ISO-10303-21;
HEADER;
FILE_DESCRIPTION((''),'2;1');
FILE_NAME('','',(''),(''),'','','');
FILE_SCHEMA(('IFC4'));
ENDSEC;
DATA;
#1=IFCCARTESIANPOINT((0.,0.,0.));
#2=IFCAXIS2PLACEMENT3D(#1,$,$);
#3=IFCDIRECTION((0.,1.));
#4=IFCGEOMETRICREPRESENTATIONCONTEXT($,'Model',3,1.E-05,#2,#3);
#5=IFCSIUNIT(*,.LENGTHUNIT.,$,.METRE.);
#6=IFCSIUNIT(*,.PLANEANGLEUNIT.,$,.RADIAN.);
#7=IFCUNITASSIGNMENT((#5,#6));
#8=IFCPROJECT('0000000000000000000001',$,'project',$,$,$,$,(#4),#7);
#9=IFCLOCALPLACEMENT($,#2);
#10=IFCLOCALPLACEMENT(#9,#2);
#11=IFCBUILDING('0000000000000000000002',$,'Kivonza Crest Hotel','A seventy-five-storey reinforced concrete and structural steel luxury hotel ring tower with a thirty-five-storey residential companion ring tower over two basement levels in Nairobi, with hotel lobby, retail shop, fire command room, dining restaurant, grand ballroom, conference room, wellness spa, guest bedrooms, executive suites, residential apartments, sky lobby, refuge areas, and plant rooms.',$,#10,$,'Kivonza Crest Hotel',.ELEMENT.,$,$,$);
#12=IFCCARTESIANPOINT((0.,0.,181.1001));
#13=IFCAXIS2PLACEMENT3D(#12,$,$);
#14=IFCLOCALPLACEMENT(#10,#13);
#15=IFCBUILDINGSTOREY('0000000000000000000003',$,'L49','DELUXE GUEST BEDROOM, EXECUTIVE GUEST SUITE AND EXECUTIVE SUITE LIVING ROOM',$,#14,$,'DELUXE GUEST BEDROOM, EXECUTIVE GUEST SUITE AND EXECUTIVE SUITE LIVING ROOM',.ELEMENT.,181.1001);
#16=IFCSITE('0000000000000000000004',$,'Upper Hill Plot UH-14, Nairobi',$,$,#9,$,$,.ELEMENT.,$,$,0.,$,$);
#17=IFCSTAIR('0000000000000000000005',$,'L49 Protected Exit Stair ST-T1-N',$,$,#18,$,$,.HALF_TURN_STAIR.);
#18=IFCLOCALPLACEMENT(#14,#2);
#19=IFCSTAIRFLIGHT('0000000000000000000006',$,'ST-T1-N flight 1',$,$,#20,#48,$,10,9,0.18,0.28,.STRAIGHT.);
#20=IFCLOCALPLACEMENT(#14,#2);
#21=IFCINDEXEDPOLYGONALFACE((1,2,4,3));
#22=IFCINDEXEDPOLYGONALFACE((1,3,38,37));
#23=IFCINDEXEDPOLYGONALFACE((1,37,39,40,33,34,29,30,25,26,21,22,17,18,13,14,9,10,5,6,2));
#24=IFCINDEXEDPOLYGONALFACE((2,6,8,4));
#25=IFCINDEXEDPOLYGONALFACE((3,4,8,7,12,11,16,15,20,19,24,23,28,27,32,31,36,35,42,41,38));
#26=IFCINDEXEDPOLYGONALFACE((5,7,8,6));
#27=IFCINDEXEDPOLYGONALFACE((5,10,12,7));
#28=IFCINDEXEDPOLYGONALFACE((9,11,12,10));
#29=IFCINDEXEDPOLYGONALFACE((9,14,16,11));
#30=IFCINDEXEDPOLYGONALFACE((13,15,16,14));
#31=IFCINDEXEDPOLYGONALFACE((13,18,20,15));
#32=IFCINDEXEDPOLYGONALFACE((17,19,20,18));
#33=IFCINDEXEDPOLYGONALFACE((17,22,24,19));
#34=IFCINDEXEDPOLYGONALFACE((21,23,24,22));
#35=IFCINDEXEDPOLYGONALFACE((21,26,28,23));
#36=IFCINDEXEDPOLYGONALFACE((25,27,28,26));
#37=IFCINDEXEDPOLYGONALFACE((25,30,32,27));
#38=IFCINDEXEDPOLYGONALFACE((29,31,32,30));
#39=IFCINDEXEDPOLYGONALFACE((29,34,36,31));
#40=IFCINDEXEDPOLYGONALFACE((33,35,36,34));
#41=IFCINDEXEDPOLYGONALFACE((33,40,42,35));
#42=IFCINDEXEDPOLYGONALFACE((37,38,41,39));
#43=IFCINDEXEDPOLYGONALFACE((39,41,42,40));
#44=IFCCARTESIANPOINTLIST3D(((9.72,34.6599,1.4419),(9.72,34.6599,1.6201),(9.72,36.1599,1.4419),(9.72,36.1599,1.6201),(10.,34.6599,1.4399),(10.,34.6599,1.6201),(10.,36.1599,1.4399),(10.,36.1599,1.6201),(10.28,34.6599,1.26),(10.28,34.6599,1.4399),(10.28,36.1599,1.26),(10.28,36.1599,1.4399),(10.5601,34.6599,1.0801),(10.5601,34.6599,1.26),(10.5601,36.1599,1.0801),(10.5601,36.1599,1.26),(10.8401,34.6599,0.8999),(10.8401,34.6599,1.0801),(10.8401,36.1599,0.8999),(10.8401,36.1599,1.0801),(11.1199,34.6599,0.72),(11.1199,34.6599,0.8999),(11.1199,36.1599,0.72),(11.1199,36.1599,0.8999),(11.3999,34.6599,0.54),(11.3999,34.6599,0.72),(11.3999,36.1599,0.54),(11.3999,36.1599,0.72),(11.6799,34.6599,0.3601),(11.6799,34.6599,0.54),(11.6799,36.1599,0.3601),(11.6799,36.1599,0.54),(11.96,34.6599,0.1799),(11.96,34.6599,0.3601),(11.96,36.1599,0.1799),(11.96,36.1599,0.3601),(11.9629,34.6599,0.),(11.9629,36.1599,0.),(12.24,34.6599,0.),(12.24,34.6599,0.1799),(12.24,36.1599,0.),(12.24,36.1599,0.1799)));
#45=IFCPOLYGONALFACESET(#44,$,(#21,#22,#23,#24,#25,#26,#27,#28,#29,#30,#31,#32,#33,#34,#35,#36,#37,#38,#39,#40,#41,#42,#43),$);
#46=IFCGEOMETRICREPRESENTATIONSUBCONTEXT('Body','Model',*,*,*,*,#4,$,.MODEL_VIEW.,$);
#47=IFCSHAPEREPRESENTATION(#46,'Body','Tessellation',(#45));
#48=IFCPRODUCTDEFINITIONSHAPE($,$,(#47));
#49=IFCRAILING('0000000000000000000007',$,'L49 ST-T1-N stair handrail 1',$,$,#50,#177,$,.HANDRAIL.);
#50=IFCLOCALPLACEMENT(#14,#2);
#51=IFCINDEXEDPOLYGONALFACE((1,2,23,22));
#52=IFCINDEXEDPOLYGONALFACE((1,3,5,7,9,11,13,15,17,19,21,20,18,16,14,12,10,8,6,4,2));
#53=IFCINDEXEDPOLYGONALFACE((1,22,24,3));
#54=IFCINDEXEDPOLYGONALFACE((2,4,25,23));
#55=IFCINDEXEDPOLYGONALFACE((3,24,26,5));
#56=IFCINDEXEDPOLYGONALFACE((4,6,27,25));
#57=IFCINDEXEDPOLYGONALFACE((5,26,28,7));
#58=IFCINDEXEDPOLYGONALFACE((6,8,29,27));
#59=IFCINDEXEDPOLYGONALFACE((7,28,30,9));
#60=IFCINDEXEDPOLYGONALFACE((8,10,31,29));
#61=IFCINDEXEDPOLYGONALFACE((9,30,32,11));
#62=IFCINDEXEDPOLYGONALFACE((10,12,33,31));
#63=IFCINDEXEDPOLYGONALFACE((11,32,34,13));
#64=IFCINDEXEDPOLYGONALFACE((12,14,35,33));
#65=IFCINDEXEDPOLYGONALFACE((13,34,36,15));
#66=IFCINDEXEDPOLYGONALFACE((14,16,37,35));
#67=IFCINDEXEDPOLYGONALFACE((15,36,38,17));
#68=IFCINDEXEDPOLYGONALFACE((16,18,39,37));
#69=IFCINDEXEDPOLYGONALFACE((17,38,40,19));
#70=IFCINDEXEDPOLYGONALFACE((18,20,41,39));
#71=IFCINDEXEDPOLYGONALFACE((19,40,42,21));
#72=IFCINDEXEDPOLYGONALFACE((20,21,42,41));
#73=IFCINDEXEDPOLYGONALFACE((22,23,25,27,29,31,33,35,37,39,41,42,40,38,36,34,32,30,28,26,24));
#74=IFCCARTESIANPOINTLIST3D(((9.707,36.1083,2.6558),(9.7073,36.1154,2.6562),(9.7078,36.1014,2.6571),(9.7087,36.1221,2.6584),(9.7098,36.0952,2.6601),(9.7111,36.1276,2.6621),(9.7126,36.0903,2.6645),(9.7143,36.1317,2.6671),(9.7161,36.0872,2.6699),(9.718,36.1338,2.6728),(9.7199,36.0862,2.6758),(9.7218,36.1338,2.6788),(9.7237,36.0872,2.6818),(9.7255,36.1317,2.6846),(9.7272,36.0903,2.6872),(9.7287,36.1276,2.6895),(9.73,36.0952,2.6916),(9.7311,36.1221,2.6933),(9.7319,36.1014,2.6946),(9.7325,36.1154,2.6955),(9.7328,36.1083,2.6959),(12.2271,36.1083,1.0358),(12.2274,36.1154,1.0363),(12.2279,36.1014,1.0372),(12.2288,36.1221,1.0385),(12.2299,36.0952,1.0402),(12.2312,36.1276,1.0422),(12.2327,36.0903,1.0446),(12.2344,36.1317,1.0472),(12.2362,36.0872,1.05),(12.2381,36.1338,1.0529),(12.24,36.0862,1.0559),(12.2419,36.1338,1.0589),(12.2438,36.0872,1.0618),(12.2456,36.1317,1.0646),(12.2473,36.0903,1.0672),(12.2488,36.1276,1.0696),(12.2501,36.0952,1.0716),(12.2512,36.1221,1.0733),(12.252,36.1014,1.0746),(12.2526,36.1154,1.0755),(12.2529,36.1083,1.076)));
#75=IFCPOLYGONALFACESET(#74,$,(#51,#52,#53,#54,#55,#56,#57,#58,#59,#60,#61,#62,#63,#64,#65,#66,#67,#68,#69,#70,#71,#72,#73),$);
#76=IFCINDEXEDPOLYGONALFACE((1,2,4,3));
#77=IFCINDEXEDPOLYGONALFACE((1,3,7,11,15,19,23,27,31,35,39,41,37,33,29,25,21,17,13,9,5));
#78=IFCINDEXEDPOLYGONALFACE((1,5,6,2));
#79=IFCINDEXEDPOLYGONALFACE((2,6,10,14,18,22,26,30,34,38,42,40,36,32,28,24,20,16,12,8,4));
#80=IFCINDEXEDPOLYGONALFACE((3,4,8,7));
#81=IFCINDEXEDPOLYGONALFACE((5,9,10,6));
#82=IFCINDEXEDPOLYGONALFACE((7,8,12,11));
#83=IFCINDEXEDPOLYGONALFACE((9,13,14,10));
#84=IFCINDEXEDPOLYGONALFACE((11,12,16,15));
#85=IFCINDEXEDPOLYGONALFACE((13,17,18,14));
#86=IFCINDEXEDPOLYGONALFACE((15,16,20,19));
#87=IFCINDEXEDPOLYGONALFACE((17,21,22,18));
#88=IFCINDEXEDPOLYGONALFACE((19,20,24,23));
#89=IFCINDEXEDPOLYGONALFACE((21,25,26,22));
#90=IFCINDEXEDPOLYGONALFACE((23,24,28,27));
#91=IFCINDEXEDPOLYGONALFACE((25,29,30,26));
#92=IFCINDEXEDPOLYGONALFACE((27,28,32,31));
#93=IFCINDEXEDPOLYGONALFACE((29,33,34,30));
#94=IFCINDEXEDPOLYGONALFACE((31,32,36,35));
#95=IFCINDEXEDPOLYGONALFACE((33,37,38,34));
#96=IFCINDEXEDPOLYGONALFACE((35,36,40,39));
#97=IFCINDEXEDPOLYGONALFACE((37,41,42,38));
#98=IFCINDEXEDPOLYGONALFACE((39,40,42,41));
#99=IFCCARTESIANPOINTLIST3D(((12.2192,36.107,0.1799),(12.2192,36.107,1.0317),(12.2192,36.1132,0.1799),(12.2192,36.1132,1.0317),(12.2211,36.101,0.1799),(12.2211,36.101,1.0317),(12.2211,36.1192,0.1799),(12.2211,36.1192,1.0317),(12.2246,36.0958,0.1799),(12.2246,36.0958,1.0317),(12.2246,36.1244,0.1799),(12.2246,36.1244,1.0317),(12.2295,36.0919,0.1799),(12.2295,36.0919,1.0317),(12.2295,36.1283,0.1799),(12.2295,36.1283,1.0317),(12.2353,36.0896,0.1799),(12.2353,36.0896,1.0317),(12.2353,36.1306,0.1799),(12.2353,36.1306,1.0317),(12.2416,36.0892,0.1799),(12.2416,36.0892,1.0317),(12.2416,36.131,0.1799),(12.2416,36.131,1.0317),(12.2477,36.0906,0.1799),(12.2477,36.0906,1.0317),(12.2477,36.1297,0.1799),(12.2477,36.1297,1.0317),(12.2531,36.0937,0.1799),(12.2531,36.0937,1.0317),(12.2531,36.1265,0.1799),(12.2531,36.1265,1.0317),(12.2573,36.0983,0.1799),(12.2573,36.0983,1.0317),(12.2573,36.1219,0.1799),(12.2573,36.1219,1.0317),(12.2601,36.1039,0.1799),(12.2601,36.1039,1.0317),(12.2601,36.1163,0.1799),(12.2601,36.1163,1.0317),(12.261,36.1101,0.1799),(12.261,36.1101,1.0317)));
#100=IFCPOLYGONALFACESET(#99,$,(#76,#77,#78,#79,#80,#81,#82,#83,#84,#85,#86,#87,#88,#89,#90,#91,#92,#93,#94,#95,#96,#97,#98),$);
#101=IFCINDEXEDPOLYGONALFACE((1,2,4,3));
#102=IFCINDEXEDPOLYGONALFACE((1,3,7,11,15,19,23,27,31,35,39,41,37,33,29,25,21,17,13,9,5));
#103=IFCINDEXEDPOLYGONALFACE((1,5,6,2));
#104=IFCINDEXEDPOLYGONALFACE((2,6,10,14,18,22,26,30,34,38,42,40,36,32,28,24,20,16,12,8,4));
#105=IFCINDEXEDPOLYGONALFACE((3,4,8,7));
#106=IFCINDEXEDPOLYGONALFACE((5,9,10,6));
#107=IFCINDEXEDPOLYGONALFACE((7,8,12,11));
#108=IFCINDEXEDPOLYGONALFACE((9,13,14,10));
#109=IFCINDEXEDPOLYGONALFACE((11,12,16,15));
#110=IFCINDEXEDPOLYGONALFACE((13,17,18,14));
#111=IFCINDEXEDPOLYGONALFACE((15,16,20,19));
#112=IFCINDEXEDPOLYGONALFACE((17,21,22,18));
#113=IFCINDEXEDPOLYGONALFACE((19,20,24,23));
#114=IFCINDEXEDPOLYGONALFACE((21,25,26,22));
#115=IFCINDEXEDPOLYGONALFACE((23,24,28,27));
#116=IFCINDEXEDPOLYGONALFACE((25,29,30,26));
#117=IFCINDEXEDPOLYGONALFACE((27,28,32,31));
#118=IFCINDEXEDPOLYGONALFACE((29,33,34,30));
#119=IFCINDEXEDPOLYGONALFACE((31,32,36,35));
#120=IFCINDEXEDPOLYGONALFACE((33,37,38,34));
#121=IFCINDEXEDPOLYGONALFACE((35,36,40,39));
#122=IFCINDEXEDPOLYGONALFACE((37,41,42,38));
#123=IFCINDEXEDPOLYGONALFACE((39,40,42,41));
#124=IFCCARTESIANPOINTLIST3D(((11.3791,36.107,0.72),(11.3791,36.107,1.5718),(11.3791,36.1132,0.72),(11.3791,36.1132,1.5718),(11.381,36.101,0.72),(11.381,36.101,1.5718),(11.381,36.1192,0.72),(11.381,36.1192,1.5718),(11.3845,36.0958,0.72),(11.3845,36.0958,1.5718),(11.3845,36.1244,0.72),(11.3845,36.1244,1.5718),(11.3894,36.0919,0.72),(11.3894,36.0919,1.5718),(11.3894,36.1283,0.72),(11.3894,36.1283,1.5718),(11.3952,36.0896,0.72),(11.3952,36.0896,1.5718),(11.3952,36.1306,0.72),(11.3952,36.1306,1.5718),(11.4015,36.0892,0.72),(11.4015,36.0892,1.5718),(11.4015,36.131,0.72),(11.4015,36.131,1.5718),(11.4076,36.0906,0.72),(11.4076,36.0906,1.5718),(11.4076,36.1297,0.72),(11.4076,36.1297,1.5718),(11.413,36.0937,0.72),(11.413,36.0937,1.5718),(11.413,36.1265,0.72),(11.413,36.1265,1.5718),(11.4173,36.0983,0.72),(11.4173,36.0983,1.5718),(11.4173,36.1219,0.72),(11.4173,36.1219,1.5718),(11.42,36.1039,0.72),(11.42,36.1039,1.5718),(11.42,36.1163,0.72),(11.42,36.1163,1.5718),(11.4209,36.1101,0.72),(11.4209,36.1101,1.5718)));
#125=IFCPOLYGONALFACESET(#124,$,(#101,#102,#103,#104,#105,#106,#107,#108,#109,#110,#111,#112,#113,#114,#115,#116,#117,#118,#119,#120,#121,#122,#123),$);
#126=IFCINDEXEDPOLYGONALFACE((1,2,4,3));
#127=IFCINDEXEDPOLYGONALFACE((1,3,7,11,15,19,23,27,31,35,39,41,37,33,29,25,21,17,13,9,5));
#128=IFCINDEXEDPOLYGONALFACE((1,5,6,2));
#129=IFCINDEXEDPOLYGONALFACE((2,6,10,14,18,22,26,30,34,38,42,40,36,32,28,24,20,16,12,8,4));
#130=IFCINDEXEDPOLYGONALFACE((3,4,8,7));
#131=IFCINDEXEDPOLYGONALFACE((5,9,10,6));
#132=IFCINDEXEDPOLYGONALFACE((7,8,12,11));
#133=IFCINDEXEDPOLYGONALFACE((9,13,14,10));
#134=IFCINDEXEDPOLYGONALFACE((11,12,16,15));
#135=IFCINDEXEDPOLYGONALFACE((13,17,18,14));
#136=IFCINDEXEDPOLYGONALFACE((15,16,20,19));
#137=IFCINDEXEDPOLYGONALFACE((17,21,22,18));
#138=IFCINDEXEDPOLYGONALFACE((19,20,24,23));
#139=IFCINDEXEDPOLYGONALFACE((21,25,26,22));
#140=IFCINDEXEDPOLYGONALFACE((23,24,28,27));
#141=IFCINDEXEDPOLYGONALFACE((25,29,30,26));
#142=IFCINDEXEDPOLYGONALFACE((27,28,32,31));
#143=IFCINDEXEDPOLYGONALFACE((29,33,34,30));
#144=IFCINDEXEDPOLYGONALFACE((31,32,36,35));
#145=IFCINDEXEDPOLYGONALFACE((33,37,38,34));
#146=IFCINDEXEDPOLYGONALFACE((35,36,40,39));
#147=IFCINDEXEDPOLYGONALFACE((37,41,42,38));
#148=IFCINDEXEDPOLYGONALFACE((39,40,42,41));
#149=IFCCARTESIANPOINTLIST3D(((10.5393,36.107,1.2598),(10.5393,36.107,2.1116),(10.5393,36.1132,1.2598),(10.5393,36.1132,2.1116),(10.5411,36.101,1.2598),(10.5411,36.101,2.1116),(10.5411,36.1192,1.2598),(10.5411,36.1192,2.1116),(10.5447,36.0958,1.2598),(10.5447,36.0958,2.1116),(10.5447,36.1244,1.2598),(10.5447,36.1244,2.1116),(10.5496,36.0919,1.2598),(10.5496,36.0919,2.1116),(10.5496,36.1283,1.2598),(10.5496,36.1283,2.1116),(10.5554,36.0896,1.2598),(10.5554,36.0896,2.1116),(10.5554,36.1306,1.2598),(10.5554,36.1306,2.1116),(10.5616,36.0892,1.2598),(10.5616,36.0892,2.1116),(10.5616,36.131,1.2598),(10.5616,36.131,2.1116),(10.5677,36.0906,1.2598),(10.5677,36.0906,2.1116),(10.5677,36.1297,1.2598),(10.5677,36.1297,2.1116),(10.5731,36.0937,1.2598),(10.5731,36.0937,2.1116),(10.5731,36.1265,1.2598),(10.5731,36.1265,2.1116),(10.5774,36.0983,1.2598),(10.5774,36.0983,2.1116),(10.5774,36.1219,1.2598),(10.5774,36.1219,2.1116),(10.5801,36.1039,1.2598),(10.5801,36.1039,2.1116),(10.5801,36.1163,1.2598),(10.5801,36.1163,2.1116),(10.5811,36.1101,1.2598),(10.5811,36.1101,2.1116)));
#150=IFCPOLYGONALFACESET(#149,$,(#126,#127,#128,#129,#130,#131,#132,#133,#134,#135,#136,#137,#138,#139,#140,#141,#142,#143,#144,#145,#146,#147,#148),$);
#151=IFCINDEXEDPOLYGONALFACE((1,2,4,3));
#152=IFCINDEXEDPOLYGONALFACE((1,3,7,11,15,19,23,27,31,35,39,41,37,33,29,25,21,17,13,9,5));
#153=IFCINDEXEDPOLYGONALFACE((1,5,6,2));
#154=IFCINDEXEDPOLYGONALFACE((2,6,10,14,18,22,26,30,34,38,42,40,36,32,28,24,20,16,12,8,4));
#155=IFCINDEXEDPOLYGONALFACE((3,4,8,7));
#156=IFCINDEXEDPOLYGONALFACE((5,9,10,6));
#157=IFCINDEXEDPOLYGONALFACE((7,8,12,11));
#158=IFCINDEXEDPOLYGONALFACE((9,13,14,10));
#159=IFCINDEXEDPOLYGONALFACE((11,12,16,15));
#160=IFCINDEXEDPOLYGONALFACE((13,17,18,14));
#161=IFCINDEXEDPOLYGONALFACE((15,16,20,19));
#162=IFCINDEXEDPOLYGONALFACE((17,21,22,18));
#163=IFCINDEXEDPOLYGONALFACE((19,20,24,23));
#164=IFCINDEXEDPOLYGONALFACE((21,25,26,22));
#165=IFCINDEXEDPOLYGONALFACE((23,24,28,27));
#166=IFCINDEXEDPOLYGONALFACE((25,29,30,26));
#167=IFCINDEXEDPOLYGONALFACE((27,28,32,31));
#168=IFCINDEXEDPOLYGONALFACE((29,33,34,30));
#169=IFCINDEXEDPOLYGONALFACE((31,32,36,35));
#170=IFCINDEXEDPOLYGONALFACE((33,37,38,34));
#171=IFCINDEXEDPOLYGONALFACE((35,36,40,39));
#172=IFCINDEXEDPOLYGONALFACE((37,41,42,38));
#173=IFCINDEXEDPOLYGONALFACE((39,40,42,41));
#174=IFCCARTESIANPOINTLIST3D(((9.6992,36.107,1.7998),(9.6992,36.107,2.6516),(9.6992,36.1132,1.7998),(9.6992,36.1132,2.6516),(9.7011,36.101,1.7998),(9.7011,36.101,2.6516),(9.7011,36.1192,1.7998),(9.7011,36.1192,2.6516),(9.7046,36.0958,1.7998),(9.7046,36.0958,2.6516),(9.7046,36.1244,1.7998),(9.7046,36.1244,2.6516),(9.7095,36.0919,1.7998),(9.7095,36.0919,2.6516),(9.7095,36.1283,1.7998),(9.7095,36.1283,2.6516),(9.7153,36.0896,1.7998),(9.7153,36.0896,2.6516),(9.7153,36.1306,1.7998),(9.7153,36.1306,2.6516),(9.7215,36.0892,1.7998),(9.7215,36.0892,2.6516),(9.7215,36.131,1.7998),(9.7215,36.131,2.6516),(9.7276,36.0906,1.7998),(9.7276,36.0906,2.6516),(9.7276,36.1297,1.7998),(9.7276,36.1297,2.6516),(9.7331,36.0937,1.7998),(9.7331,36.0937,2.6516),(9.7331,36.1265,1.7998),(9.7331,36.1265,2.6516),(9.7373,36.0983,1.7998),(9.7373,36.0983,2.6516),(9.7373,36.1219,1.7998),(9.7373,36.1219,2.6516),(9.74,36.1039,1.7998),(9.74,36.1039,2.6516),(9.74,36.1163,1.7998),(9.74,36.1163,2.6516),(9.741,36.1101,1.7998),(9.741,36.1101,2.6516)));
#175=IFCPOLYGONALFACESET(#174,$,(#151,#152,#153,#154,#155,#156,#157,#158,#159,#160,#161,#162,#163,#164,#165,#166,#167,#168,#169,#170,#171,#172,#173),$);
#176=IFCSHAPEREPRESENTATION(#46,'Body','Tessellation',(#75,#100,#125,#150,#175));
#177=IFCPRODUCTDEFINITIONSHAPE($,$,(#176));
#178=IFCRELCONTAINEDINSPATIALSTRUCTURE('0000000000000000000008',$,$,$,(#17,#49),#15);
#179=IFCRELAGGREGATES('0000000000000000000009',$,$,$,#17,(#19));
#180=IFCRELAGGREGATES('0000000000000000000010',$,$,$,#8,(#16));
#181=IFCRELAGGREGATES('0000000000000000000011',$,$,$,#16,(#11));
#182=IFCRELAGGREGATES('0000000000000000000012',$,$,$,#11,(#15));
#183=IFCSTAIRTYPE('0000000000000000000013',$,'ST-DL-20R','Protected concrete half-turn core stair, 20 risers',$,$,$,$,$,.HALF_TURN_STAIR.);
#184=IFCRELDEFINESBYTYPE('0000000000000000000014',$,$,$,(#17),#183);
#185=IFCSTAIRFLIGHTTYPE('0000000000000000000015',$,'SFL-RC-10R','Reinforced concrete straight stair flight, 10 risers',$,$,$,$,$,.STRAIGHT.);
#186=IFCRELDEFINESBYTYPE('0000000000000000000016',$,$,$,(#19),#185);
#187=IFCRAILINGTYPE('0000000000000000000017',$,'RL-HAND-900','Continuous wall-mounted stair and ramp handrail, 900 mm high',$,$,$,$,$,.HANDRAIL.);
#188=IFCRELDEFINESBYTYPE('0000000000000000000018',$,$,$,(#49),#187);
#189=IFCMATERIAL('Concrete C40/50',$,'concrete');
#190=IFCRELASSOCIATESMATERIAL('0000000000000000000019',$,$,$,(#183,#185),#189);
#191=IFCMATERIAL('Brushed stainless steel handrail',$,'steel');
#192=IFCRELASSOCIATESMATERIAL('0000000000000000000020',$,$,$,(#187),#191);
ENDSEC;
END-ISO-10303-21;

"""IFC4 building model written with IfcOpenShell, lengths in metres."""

from ifc_helpers import new_model, si_unit, direction, frame, origin, origin_2d, place, context, subcontext, project, spatial, polyline, circle, outline, extrude, material, type_object, element, aggregate, save


model = new_model("IFC4")

# Units and contexts
model_context = context("Model", 3, precision=1e-05, world=origin(), true_north=direction((0.0, 1.0)))
body_context = subcontext(model_context, "Body", "Model", "MODEL_VIEW")
ifc_project = project(units=[si_unit("LENGTHUNIT", "METRE"), si_unit("PLANEANGLEUNIT", "RADIAN")], contexts=[model_context])

# Site, building, storey
site_placement = place(None, origin())
site = spatial("IfcSite", under=ifc_project, at=site_placement, Name="Upper Hill Plot UH-14, Nairobi", CompositionType="ELEMENT", RefElevation=0.0)
building_placement = place(site_placement, origin())
building = spatial("IfcBuilding", under=site, at=building_placement, Name="Kivonza Crest Hotel", Description="A seventy-five-storey reinforced concrete and structural steel luxury hotel ring tower with a thirty-five-storey residential companion ring tower over two basement levels in Nairobi, with hotel lobby, retail shop, fire command room, dining restaurant, grand ballroom, conference room, wellness spa, guest bedrooms, executive suites, residential apartments, sky lobby, refuge areas, and plant rooms.", LongName="Kivonza Crest Hotel", CompositionType="ELEMENT")
storey_placement = place(building_placement, frame((0.0, 0.0, 181.1001)))
storey = spatial("IfcBuildingStorey", under=building, at=storey_placement, Name="L49", Description="DELUXE GUEST BEDROOM, EXECUTIVE GUEST SUITE AND EXECUTIVE SUITE LIVING ROOM", LongName="DELUXE GUEST BEDROOM, EXECUTIVE GUEST SUITE AND EXECUTIVE SUITE LIVING ROOM", CompositionType="ELEMENT", Elevation=181.1001)

# Stair, stair flight
ifc_material_1 = material(Name="Concrete C40/50", Category="concrete")
stair_type = type_object("IfcStairType", Name="ST-DL-20R", Description="Protected concrete half-turn core stair, 20 risers", PredefinedType="HALF_TURN_STAIR", material=ifc_material_1)
stair_placement = place(storey_placement, origin())
stair = element("IfcStair", 1, at=stair_placement, inside=storey, type_object=stair_type, Name="L49 Protected Exit Stair ST-T1-N", PredefinedType="HALF_TURN_STAIR")
stair_flight_type = type_object("IfcStairFlightType", Name="SFL-RC-10R", Description="Reinforced concrete straight stair flight, 10 risers", PredefinedType="STRAIGHT", material=ifc_material_1)
stair_flight_placement = place(storey_placement, frame((12.24, 35.4099, 0.0), z_axis=(0.0, 0.0, 1.0), x_axis=(-1.0, 0.0, 0.0)))
stair_flight = element("IfcStairFlight", 2, at=stair_flight_placement, type_object=stair_flight_type, Name="ST-T1-N flight 1", NumberOfRisers=10, NumberOfTreads=9, PredefinedType="STRAIGHT", RiserHeight=0.18, TreadLength=0.28, context=body_context, shape_type="SweptSolid", body=[
    extrude(outline(polyline([(0.0, 0.0), (0.0, 0.1799), (0.28, 0.1799), (0.28, 0.3601), (0.5601, 0.3601), (0.5601, 0.54), (0.8401, 0.54), (0.8401, 0.72), (1.1201, 0.72), (1.1201, 0.8999), (1.3999, 0.8999), (1.3999, 1.0801), (1.6799, 1.0801), (1.6799, 1.26), (1.96, 1.26), (1.96, 1.4399), (2.24, 1.4399), (2.24, 1.6201), (2.52, 1.6201), (2.52, 1.8), (2.52, 1.4419), (0.2771, 0.0), (0.0, 0.0)])), frame((0.0, 0.75, 0.0), z_axis=(0.0, -1.0, 0.0), x_axis=(1.0, 0.0, 0.0)), (0.0, 0.0, 1.0), 1.5),
])
aggregate(stair, [stair_flight])

# Railing
ifc_material_2 = material(Name="Brushed stainless steel handrail", Category="steel")
railing_type_1 = type_object("IfcRailingType", Name="RL-HAND-900", Description="Continuous wall-mounted stair and ramp handrail, 900 mm high", PredefinedType="HANDRAIL", material=ifc_material_2)
railing_1_placement = place(storey_placement, frame((12.24, 36.1101, 0.1799)))
element("IfcRailing", 3, at=railing_1_placement, inside=storey, type_object=railing_type_1, Name="L49 ST-T1-N stair handrail 1", PredefinedType="HANDRAIL", context=body_context, shape_type="SweptSolid", body=[
    extrude(circle(Radius=0.0239, at=origin_2d()), frame((0.0, 0.0, 0.876), z_axis=(-0.8412, 0.0, 0.540725), x_axis=(0.0, -1.0, 0.0)), (0.0, 0.0, 1.0), 2.9958),
    extrude(circle(Radius=0.021, at=origin_2d()), origin(), (0.0, 0.0, 1.0), 0.8518),
    extrude(circle(Radius=0.021, at=origin_2d()), frame((-0.8401, 0.0, 0.54)), (0.0, 0.0, 1.0), 0.8518),
    extrude(circle(Radius=0.021, at=origin_2d()), frame((-1.6799, 0.0, 1.0798)), (0.0, 0.0, 1.0), 0.8518),
    extrude(circle(Radius=0.021, at=origin_2d()), frame((-2.52, 0.0, 1.6199)), (0.0, 0.0, 1.0), 0.8518),
])

save(model, "model.ifc")
